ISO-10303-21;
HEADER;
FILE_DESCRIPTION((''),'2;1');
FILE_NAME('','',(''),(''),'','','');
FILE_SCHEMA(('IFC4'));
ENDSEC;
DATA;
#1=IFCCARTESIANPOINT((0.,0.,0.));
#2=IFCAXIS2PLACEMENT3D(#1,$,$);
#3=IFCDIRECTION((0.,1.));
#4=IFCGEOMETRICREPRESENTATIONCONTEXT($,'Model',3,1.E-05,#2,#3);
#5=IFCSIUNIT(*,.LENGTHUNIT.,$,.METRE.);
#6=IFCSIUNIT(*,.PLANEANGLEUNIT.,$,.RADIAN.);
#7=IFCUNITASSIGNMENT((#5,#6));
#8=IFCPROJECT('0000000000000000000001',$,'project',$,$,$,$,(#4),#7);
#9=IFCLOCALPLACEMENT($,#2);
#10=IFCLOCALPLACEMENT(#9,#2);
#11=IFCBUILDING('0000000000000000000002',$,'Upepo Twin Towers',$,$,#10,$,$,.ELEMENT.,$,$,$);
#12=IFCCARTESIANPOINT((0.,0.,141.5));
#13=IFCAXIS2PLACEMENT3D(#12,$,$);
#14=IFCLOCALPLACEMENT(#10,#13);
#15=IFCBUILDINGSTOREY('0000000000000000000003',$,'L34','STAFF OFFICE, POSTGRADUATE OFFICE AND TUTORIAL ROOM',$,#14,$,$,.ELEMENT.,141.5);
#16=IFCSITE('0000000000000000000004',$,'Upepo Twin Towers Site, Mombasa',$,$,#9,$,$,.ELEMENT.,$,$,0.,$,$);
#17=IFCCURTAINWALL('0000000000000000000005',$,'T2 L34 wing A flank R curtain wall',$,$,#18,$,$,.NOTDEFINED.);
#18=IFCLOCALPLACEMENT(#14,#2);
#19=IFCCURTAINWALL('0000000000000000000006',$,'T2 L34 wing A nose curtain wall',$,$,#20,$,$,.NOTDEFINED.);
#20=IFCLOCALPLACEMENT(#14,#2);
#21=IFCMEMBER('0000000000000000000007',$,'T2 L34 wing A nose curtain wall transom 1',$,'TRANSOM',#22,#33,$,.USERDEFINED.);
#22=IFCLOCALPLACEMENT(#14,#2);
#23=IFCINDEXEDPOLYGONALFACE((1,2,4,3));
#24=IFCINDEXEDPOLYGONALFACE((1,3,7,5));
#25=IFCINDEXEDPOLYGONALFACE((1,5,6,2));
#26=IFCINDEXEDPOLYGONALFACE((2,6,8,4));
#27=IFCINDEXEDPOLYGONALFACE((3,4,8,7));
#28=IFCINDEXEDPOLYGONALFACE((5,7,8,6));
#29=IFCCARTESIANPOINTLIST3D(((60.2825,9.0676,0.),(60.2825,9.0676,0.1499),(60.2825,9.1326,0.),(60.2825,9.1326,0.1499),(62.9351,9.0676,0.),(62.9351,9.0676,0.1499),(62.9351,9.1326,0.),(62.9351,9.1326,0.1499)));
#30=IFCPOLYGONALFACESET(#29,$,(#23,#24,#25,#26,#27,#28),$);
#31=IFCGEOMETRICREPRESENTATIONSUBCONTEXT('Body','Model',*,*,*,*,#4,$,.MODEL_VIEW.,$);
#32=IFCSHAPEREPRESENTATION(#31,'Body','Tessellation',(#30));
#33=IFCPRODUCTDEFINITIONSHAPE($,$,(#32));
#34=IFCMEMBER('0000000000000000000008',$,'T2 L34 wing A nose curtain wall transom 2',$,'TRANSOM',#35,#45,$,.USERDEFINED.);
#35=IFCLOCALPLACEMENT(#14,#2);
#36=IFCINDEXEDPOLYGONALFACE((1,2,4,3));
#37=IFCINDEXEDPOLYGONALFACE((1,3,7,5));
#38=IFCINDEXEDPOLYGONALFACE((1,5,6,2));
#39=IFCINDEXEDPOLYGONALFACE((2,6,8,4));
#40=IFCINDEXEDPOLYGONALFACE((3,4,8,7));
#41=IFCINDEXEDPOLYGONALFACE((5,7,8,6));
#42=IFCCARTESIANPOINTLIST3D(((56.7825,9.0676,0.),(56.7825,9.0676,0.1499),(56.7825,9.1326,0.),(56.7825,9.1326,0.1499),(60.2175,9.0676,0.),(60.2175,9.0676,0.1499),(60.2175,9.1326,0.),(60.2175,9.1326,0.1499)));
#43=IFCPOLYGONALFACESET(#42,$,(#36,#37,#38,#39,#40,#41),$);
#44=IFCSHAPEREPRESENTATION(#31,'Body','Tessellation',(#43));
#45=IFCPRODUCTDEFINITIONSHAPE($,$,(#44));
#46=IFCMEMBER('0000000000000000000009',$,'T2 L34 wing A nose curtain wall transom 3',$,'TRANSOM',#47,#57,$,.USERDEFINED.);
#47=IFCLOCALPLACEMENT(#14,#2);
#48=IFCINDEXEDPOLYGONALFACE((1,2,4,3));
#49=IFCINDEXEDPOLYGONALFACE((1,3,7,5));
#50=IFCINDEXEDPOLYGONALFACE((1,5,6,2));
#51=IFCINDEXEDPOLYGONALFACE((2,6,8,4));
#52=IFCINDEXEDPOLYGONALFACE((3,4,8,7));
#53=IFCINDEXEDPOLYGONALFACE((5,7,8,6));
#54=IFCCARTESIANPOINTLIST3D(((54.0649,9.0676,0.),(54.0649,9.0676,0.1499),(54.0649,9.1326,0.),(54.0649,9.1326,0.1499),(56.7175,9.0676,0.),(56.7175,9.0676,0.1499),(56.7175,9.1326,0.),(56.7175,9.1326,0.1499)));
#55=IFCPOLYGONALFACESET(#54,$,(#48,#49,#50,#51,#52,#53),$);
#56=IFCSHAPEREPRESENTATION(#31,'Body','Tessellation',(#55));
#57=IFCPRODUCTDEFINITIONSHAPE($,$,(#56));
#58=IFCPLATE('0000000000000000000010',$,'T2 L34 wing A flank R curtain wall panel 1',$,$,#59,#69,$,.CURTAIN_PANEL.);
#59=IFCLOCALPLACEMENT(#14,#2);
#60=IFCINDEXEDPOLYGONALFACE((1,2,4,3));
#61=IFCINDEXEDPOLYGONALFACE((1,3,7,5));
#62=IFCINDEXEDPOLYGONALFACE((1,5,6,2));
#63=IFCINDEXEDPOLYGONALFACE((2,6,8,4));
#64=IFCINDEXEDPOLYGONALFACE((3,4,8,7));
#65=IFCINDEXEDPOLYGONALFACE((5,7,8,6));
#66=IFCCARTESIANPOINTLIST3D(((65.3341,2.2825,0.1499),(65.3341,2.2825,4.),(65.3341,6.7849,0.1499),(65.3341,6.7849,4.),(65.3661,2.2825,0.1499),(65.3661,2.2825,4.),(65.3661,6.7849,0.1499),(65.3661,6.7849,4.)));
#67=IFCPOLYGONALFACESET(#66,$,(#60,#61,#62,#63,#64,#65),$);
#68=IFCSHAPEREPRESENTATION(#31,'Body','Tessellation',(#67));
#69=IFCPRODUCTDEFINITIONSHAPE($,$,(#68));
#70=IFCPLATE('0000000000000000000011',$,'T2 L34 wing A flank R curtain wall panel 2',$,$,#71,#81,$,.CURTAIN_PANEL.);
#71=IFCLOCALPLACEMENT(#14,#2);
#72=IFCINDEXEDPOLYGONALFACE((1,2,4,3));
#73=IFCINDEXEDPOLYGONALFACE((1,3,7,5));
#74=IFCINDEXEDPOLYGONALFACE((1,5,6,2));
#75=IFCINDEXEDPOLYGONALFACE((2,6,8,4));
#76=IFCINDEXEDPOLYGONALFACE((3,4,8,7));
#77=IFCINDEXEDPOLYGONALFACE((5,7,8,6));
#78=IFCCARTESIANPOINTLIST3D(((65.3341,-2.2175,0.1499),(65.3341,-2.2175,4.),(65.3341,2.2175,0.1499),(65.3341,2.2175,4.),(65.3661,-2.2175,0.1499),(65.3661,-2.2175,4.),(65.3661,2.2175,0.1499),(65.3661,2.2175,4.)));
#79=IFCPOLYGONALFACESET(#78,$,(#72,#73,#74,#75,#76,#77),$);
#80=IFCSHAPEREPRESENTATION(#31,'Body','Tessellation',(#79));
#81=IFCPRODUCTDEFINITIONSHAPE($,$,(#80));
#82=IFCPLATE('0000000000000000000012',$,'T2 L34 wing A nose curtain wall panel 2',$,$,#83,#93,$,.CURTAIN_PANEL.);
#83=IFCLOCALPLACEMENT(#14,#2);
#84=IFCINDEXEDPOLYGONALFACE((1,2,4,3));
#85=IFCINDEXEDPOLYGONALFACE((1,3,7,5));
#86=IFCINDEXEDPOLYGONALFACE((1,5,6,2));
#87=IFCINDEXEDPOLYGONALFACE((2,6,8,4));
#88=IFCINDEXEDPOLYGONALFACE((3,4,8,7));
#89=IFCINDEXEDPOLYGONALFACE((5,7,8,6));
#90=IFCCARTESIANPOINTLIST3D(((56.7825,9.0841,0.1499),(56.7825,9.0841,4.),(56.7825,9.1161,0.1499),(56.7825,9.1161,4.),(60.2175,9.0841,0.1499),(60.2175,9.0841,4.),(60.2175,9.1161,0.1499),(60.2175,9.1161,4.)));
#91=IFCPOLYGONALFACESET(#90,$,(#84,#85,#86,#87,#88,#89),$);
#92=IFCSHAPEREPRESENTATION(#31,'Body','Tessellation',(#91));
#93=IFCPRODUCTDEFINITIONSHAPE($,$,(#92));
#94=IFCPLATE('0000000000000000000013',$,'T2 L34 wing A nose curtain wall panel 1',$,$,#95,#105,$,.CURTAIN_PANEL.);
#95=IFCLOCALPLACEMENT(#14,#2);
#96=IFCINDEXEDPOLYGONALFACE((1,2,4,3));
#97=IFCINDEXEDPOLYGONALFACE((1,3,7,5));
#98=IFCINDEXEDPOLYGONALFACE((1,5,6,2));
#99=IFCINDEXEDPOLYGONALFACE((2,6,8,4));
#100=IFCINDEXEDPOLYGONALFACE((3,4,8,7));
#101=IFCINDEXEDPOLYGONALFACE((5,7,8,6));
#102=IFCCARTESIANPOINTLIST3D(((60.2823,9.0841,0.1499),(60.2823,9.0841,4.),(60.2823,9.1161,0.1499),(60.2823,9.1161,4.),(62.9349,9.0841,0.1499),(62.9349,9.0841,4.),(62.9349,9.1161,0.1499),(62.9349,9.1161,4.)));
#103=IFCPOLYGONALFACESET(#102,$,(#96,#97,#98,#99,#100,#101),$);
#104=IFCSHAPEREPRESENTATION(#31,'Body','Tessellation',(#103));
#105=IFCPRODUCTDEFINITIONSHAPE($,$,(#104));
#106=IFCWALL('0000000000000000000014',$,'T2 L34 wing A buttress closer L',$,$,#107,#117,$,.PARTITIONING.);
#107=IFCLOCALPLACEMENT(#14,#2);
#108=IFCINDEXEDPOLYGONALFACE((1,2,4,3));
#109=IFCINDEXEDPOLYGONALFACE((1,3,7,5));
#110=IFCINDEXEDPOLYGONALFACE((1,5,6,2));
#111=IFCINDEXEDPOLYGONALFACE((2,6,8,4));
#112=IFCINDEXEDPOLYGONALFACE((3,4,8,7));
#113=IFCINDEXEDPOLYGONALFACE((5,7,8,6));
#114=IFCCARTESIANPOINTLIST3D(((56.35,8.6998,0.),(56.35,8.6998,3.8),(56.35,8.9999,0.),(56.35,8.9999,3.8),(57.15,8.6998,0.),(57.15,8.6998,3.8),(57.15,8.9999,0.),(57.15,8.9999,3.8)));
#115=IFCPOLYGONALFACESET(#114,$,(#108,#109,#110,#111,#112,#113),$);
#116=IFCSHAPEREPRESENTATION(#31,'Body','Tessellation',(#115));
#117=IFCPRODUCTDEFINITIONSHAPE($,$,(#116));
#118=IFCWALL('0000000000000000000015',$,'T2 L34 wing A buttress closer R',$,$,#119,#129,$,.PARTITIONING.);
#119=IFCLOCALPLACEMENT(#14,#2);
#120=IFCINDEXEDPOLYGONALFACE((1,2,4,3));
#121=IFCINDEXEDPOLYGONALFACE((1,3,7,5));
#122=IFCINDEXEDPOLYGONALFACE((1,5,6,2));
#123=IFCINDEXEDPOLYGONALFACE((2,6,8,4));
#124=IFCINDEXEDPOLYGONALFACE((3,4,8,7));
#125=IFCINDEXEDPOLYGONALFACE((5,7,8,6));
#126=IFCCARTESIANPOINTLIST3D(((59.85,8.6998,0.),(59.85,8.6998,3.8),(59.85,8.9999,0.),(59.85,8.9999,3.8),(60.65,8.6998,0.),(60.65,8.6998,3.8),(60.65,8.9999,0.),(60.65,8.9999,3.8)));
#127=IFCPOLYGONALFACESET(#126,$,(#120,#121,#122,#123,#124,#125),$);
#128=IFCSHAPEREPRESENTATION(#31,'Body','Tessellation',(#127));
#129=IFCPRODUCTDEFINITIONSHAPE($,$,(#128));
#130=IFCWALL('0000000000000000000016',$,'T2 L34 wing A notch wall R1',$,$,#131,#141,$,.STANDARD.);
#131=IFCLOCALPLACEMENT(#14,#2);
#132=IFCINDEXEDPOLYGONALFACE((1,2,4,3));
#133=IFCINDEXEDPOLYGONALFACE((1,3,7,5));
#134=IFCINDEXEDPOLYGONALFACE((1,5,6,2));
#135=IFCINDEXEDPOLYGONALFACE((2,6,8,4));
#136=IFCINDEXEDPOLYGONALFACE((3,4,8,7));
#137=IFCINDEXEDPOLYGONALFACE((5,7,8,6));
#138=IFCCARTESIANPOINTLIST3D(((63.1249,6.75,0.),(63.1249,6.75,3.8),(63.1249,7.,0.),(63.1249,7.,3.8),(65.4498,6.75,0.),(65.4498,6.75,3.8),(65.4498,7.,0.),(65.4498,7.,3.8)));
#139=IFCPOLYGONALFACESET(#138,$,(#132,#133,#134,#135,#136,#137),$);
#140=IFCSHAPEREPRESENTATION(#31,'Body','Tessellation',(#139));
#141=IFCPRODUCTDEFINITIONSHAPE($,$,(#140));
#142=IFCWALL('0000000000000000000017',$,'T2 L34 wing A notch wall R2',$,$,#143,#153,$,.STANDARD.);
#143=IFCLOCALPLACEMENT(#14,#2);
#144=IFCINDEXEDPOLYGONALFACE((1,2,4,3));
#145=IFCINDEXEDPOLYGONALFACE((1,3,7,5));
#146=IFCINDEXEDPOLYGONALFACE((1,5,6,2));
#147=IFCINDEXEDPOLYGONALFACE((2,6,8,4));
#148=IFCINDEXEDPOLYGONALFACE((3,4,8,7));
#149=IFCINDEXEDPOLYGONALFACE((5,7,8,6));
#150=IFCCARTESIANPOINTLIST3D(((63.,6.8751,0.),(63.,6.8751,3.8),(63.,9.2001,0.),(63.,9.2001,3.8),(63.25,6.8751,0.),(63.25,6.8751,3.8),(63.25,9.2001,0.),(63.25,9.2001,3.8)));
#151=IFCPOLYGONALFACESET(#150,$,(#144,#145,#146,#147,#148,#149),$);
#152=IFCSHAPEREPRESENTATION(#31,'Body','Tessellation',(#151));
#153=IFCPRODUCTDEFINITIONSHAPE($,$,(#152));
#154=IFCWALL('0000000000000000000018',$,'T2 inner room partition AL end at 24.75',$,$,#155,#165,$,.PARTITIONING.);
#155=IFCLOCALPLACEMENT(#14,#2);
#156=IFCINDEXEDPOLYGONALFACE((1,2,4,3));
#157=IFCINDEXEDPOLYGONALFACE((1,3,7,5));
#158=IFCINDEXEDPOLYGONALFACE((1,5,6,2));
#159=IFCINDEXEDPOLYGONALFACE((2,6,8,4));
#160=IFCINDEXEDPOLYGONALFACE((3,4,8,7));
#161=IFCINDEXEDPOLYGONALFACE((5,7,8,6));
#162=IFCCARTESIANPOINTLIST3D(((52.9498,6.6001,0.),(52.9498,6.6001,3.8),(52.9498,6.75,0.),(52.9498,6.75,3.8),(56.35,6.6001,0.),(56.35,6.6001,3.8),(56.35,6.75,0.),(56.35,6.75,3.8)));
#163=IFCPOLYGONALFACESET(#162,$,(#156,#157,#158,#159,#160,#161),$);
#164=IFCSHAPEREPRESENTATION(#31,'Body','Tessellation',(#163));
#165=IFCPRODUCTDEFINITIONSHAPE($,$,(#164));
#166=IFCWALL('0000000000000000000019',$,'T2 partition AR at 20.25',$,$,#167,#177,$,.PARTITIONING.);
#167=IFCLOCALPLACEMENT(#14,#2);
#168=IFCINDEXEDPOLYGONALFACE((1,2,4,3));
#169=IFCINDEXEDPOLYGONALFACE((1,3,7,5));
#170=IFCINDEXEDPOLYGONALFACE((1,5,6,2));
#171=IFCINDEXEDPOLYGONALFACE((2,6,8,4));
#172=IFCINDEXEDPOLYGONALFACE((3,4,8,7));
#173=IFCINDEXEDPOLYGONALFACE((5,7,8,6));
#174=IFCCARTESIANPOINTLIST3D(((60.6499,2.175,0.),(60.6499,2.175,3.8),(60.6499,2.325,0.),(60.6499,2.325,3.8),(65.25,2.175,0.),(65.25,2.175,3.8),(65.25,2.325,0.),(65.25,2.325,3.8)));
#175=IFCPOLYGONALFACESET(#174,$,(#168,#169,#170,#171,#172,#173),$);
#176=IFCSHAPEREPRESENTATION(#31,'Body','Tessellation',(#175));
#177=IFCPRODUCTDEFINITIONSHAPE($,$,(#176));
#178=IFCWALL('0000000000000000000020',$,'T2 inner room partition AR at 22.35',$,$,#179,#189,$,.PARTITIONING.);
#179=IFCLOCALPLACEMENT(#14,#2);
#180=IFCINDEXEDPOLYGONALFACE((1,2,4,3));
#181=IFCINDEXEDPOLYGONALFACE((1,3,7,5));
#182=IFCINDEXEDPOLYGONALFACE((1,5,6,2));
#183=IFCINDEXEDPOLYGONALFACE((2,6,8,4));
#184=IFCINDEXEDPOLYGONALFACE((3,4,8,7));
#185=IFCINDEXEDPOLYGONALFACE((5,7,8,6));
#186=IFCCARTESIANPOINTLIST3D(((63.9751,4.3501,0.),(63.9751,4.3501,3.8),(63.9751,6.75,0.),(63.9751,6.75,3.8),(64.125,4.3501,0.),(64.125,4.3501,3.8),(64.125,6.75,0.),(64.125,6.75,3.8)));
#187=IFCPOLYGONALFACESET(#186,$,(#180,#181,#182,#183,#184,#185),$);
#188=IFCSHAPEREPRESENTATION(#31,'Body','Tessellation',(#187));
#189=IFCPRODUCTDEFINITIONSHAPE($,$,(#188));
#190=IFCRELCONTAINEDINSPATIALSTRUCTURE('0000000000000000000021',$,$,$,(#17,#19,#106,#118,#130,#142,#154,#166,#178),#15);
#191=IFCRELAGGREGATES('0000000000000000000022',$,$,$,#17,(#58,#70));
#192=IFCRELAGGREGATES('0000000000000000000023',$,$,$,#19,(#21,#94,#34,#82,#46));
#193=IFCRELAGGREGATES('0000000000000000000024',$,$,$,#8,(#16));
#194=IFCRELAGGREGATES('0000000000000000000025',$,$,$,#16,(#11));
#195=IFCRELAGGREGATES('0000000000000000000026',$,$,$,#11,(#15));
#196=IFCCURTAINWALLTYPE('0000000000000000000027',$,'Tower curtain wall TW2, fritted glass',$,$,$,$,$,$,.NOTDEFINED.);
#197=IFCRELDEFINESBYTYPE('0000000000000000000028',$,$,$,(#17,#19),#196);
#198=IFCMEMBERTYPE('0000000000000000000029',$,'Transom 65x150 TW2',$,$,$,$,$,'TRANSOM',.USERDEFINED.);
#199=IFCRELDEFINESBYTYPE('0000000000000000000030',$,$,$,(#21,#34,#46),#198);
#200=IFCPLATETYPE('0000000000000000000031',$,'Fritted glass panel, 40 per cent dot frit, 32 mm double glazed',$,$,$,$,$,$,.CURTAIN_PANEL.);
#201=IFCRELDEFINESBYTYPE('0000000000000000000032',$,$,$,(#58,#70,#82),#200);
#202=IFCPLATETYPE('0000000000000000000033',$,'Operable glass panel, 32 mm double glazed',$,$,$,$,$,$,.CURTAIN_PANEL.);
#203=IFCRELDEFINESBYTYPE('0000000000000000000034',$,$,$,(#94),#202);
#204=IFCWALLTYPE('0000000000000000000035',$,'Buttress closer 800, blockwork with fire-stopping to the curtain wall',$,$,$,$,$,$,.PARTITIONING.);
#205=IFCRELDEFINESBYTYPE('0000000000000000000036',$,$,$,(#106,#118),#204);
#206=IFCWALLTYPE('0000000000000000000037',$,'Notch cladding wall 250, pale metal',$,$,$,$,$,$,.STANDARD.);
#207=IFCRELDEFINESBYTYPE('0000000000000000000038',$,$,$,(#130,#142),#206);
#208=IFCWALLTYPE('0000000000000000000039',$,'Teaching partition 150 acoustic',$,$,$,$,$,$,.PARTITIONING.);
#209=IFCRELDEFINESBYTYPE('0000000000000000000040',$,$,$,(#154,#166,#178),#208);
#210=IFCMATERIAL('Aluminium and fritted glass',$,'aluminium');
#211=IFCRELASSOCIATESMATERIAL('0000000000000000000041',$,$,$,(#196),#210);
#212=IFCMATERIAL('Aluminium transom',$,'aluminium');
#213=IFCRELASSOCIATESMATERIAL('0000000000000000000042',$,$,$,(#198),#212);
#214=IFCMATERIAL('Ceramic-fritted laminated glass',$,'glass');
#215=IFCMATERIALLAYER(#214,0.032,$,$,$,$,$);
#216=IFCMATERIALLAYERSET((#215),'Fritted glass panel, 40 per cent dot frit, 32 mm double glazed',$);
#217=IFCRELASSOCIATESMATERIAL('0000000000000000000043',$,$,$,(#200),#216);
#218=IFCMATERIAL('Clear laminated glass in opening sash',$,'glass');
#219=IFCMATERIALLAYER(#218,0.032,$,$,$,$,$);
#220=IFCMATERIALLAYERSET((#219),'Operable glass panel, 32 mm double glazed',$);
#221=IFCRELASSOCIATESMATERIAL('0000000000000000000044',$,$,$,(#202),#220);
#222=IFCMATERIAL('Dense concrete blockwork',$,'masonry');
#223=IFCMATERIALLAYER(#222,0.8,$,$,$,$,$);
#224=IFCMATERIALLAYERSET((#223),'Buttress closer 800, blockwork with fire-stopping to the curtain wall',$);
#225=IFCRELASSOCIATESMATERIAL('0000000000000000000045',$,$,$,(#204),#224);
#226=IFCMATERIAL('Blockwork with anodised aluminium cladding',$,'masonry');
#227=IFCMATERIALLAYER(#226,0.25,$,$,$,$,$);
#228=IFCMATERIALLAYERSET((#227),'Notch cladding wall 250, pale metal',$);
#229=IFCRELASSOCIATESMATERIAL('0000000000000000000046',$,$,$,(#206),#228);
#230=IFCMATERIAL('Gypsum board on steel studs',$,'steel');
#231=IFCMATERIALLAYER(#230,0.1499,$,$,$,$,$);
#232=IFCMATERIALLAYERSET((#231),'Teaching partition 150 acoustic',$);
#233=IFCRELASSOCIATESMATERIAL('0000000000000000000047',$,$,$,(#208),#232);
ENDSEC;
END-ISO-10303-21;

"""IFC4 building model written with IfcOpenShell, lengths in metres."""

from ifc_helpers import new_model, si_unit, direction, frame, frame_2d, origin, origin_2d, place, context, subcontext, project, spatial, rectangle, extrude, material, layer, layer_set, material_profile, profile_set, type_object, element, aggregate, save


model = new_model("IFC4")

# Units and contexts
model_context = context("Model", 3, precision=1e-05, world=origin(), true_north=direction((0.0, 1.0)))
body_context = subcontext(model_context, "Body", "Model", "MODEL_VIEW")
ifc_project = project(units=[si_unit("LENGTHUNIT", "METRE"), si_unit("PLANEANGLEUNIT", "RADIAN")], contexts=[model_context])

# Site, building, storey
site_placement = place(None, origin())
site = spatial("IfcSite", under=ifc_project, at=site_placement, Name="Upepo Twin Towers Site, Mombasa", CompositionType="ELEMENT", RefElevation=0.0)
building_placement = place(site_placement, origin())
building = spatial("IfcBuilding", under=site, at=building_placement, Name="Upepo Twin Towers", CompositionType="ELEMENT")
storey_placement = place(building_placement, frame((0.0, 0.0, 141.5)))
storey = spatial("IfcBuildingStorey", under=building, at=storey_placement, Name="L34", Description="STAFF OFFICE, POSTGRADUATE OFFICE AND TUTORIAL ROOM", CompositionType="ELEMENT", Elevation=141.5)

# Curtain walls
ifc_material_1 = material(Name="Aluminium and fritted glass", Category="aluminium")
curtain_wall_type = type_object("IfcCurtainWallType", Name="Tower curtain wall TW2, fritted glass", PredefinedType="NOTDEFINED", material=ifc_material_1)
curtain_wall_1_placement = place(storey_placement, origin())
curtain_wall_1 = element("IfcCurtainWall", 1, at=curtain_wall_1_placement, inside=storey, type_object=curtain_wall_type, Name="T2 L34 wing A flank R curtain wall", PredefinedType="NOTDEFINED")
curtain_wall_2_placement = place(storey_placement, origin())
curtain_wall_2 = element("IfcCurtainWall", 2, at=curtain_wall_2_placement, inside=storey, type_object=curtain_wall_type, Name="T2 L34 wing A nose curtain wall", PredefinedType="NOTDEFINED")

# Members
ifc_material_2 = material(Name="Aluminium transom", Category="aluminium")
ifc_material_profile_1 = material_profile(ifc_material_2, rectangle(XDim=0.0649, YDim=0.1499, at=origin_2d()), Name="TRANSOM 65x150")
ifc_profile_set_1 = profile_set([ifc_material_profile_1], Name="Aluminium transom")
member_type_1 = type_object("IfcMemberType", Name="Transom 65x150 TW2", ElementType="TRANSOM", PredefinedType="USERDEFINED", material=ifc_profile_set_1)
member_1_placement = place(storey_placement, frame((62.9351, 9.1001, 0.075), z_axis=(-1.0, 0.0, 0.0), x_axis=(0.0, -1.0, 0.0)))
member_1 = element("IfcMember", 3, at=member_1_placement, type_object=member_type_1, Name="T2 L34 wing A nose curtain wall transom 1", ObjectType="TRANSOM", PredefinedType="USERDEFINED", context=body_context, shape_type="SweptSolid", body=[
    extrude(rectangle(XDim=0.0649, YDim=0.1499, at=origin_2d()), origin(), (0.0, 0.0, 1.0), 2.6526),
])
member_2_placement = place(storey_placement, frame((60.2175, 9.1001, 0.075), z_axis=(-1.0, 0.0, 0.0), x_axis=(0.0, -1.0, 0.0)))
member_2 = element("IfcMember", 4, at=member_2_placement, type_object=member_type_1, Name="T2 L34 wing A nose curtain wall transom 2", ObjectType="TRANSOM", PredefinedType="USERDEFINED", context=body_context, shape_type="SweptSolid", body=[
    extrude(rectangle(XDim=0.0649, YDim=0.1499, at=origin_2d()), origin(), (0.0, 0.0, 1.0), 3.4351),
])
member_3_placement = place(storey_placement, frame((56.7175, 9.1001, 0.075), z_axis=(-1.0, 0.0, 0.0), x_axis=(0.0, -1.0, 0.0)))
member_3 = element("IfcMember", 5, at=member_3_placement, type_object=member_type_1, Name="T2 L34 wing A nose curtain wall transom 3", ObjectType="TRANSOM", PredefinedType="USERDEFINED", context=body_context, shape_type="SweptSolid", body=[
    extrude(rectangle(XDim=0.0649, YDim=0.1499, at=origin_2d()), origin(), (0.0, 0.0, 1.0), 2.6526),
])

# Plates
ifc_material_3 = material(Name="Ceramic-fritted laminated glass", Category="glass")
ifc_layer_1 = layer(ifc_material_3, 0.032)
ifc_layer_set_1 = layer_set([ifc_layer_1], Name="Fritted glass panel, 40 per cent dot frit, 32 mm double glazed")
plate_type_1 = type_object("IfcPlateType", Name="Fritted glass panel, 40 per cent dot frit, 32 mm double glazed", PredefinedType="CURTAIN_PANEL", material=ifc_layer_set_1)
plate_1_placement = place(storey_placement, frame((65.3501, 4.5337, 0.1499), z_axis=(0.0, 0.0, 1.0), x_axis=(0.0, -1.0, 0.0)))
plate_1 = element("IfcPlate", 6, at=plate_1_placement, type_object=plate_type_1, Name="T2 L34 wing A flank R curtain wall panel 1", PredefinedType="CURTAIN_PANEL", context=body_context, shape_type="SweptSolid", body=[
    extrude(rectangle(XDim=4.5024, YDim=0.032, at=origin_2d()), origin(), (0.0, 0.0, 1.0), 3.8501),
])
plate_2_placement = place(storey_placement, frame((65.3501, 0.0, 0.1499), z_axis=(0.0, 0.0, 1.0), x_axis=(0.0, -1.0, 0.0)))
plate_2 = element("IfcPlate", 7, at=plate_2_placement, type_object=plate_type_1, Name="T2 L34 wing A flank R curtain wall panel 2", PredefinedType="CURTAIN_PANEL", context=body_context, shape_type="SweptSolid", body=[
    extrude(rectangle(XDim=4.4351, YDim=0.032, at=origin_2d()), origin(), (0.0, 0.0, 1.0), 3.8501),
])
aggregate(curtain_wall_1, [plate_1, plate_2])
plate_3_placement = place(storey_placement, frame((58.5, 9.1001, 0.1499), z_axis=(0.0, 0.0, 1.0), x_axis=(-1.0, 0.0, 0.0)))
plate_3 = element("IfcPlate", 8, at=plate_3_placement, type_object=plate_type_1, Name="T2 L34 wing A nose curtain wall panel 2", PredefinedType="CURTAIN_PANEL", context=body_context, shape_type="SweptSolid", body=[
    extrude(rectangle(XDim=3.4351, YDim=0.032, at=origin_2d()), origin(), (0.0, 0.0, 1.0), 3.8501),
])
ifc_material_4 = material(Name="Clear laminated glass in opening sash", Category="glass")
ifc_layer_2 = layer(ifc_material_4, 0.032)
ifc_layer_set_2 = layer_set([ifc_layer_2], Name="Operable glass panel, 32 mm double glazed")
plate_type_2 = type_object("IfcPlateType", Name="Operable glass panel, 32 mm double glazed", PredefinedType="CURTAIN_PANEL", material=ifc_layer_set_2)
plate_4_placement = place(storey_placement, frame((61.6086, 9.1001, 0.1499), z_axis=(0.0, 0.0, 1.0), x_axis=(-1.0, 0.0, 0.0)))
plate_4 = element("IfcPlate", 9, at=plate_4_placement, type_object=plate_type_2, Name="T2 L34 wing A nose curtain wall panel 1", PredefinedType="CURTAIN_PANEL", context=body_context, shape_type="SweptSolid", body=[
    extrude(rectangle(XDim=2.6526, YDim=0.032, at=origin_2d()), origin(), (0.0, 0.0, 1.0), 3.8501),
])
aggregate(curtain_wall_2, [member_1, plate_4, member_2, plate_3, member_3])

# Walls
ifc_material_5 = material(Name="Dense concrete blockwork", Category="masonry")
ifc_layer_3 = layer(ifc_material_5, 0.8)
ifc_layer_set_3 = layer_set([ifc_layer_3], Name="Buttress closer 800, blockwork with fire-stopping to the curtain wall")
wall_type_1 = type_object("IfcWallType", Name="Buttress closer 800, blockwork with fire-stopping to the curtain wall", PredefinedType="PARTITIONING", material=ifc_layer_set_3)
for number, where, z_axis, x_axis, name in (
    (10, (56.75, 8.7, 0.0), (0.0, 0.0, 1.0), (0.0, 1.0, 0.0), "T2 L34 wing A buttress closer L"),
    (11, (60.25, 8.7, 0.0), (0.0, 0.0, 1.0), (0.0, 1.0, 0.0), "T2 L34 wing A buttress closer R"),
):
    element("IfcWall", number, at=place(storey_placement, frame(where, z_axis=z_axis, x_axis=x_axis)), inside=storey, type_object=wall_type_1, Name=name, PredefinedType="PARTITIONING", context=body_context, shape_type="SweptSolid", body=[
        extrude(rectangle(XDim=0.3, YDim=0.8, at=frame_2d((0.1499, 0.0))), origin(), (0.0, 0.0, 1.0), 3.8),
    ])
ifc_material_6 = material(Name="Blockwork with anodised aluminium cladding", Category="masonry")
ifc_layer_4 = layer(ifc_material_6, 0.25)
ifc_layer_set_4 = layer_set([ifc_layer_4], Name="Notch cladding wall 250, pale metal")
wall_type_2 = type_object("IfcWallType", Name="Notch cladding wall 250, pale metal", PredefinedType="STANDARD", material=ifc_layer_set_4)
for number, where, z_axis, x_axis, name in (
    (12, (65.45, 6.875, 0.0), (0.0, 0.0, 1.0), (-1.0, 0.0, 0.0), "T2 L34 wing A notch wall R1"),
    (13, (63.125, 6.875, 0.0), (0.0, 0.0, 1.0), (0.0, 1.0, 0.0), "T2 L34 wing A notch wall R2"),
):
    element("IfcWall", number, at=place(storey_placement, frame(where, z_axis=z_axis, x_axis=x_axis)), inside=storey, type_object=wall_type_2, Name=name, PredefinedType="STANDARD", context=body_context, shape_type="SweptSolid", body=[
        extrude(rectangle(XDim=2.325, YDim=0.25, at=frame_2d((1.1626, 0.0))), origin(), (0.0, 0.0, 1.0), 3.8),
    ])
ifc_material_7 = material(Name="Gypsum board on steel studs", Category="steel")
ifc_layer_5 = layer(ifc_material_7, 0.1499)
ifc_layer_set_5 = layer_set([ifc_layer_5], Name="Teaching partition 150 acoustic")
wall_type_3 = type_object("IfcWallType", Name="Teaching partition 150 acoustic", PredefinedType="PARTITIONING", material=ifc_layer_set_5)
wall_1_placement = place(storey_placement, frame((56.3501, 6.675, 0.0), z_axis=(0.0, 0.0, 1.0), x_axis=(-1.0, 0.0, 0.0)))
element("IfcWall", 14, at=wall_1_placement, inside=storey, type_object=wall_type_3, Name="T2 inner room partition AL end at 24.75", PredefinedType="PARTITIONING", context=body_context, shape_type="SweptSolid", body=[
    extrude(rectangle(XDim=3.4001, YDim=0.1499, at=frame_2d((1.7002, 0.0))), origin(), (0.0, 0.0, 1.0), 3.8),
])
wall_2_placement = place(storey_placement, frame((60.6499, 2.25, 0.0), z_axis=(0.0, 0.0, 1.0), x_axis=(1.0, 0.0, 0.0)))
element("IfcWall", 15, at=wall_2_placement, inside=storey, type_object=wall_type_3, Name="T2 partition AR at 20.25", PredefinedType="PARTITIONING", context=body_context, shape_type="SweptSolid", body=[
    extrude(rectangle(XDim=4.6001, YDim=0.1499, at=frame_2d((2.3, 0.0))), origin(), (0.0, 0.0, 1.0), 3.8),
])
wall_3_placement = place(storey_placement, frame((64.05, 4.3501, 0.0), z_axis=(0.0, 0.0, 1.0), x_axis=(0.0, 1.0, 0.0)))
element("IfcWall", 16, at=wall_3_placement, inside=storey, type_object=wall_type_3, Name="T2 inner room partition AR at 22.35", PredefinedType="PARTITIONING", context=body_context, shape_type="SweptSolid", body=[
    extrude(rectangle(XDim=2.3999, YDim=0.1499, at=frame_2d((1.2, 0.0))), origin(), (0.0, 0.0, 1.0), 3.8),
])

save(model, "model.ifc")
